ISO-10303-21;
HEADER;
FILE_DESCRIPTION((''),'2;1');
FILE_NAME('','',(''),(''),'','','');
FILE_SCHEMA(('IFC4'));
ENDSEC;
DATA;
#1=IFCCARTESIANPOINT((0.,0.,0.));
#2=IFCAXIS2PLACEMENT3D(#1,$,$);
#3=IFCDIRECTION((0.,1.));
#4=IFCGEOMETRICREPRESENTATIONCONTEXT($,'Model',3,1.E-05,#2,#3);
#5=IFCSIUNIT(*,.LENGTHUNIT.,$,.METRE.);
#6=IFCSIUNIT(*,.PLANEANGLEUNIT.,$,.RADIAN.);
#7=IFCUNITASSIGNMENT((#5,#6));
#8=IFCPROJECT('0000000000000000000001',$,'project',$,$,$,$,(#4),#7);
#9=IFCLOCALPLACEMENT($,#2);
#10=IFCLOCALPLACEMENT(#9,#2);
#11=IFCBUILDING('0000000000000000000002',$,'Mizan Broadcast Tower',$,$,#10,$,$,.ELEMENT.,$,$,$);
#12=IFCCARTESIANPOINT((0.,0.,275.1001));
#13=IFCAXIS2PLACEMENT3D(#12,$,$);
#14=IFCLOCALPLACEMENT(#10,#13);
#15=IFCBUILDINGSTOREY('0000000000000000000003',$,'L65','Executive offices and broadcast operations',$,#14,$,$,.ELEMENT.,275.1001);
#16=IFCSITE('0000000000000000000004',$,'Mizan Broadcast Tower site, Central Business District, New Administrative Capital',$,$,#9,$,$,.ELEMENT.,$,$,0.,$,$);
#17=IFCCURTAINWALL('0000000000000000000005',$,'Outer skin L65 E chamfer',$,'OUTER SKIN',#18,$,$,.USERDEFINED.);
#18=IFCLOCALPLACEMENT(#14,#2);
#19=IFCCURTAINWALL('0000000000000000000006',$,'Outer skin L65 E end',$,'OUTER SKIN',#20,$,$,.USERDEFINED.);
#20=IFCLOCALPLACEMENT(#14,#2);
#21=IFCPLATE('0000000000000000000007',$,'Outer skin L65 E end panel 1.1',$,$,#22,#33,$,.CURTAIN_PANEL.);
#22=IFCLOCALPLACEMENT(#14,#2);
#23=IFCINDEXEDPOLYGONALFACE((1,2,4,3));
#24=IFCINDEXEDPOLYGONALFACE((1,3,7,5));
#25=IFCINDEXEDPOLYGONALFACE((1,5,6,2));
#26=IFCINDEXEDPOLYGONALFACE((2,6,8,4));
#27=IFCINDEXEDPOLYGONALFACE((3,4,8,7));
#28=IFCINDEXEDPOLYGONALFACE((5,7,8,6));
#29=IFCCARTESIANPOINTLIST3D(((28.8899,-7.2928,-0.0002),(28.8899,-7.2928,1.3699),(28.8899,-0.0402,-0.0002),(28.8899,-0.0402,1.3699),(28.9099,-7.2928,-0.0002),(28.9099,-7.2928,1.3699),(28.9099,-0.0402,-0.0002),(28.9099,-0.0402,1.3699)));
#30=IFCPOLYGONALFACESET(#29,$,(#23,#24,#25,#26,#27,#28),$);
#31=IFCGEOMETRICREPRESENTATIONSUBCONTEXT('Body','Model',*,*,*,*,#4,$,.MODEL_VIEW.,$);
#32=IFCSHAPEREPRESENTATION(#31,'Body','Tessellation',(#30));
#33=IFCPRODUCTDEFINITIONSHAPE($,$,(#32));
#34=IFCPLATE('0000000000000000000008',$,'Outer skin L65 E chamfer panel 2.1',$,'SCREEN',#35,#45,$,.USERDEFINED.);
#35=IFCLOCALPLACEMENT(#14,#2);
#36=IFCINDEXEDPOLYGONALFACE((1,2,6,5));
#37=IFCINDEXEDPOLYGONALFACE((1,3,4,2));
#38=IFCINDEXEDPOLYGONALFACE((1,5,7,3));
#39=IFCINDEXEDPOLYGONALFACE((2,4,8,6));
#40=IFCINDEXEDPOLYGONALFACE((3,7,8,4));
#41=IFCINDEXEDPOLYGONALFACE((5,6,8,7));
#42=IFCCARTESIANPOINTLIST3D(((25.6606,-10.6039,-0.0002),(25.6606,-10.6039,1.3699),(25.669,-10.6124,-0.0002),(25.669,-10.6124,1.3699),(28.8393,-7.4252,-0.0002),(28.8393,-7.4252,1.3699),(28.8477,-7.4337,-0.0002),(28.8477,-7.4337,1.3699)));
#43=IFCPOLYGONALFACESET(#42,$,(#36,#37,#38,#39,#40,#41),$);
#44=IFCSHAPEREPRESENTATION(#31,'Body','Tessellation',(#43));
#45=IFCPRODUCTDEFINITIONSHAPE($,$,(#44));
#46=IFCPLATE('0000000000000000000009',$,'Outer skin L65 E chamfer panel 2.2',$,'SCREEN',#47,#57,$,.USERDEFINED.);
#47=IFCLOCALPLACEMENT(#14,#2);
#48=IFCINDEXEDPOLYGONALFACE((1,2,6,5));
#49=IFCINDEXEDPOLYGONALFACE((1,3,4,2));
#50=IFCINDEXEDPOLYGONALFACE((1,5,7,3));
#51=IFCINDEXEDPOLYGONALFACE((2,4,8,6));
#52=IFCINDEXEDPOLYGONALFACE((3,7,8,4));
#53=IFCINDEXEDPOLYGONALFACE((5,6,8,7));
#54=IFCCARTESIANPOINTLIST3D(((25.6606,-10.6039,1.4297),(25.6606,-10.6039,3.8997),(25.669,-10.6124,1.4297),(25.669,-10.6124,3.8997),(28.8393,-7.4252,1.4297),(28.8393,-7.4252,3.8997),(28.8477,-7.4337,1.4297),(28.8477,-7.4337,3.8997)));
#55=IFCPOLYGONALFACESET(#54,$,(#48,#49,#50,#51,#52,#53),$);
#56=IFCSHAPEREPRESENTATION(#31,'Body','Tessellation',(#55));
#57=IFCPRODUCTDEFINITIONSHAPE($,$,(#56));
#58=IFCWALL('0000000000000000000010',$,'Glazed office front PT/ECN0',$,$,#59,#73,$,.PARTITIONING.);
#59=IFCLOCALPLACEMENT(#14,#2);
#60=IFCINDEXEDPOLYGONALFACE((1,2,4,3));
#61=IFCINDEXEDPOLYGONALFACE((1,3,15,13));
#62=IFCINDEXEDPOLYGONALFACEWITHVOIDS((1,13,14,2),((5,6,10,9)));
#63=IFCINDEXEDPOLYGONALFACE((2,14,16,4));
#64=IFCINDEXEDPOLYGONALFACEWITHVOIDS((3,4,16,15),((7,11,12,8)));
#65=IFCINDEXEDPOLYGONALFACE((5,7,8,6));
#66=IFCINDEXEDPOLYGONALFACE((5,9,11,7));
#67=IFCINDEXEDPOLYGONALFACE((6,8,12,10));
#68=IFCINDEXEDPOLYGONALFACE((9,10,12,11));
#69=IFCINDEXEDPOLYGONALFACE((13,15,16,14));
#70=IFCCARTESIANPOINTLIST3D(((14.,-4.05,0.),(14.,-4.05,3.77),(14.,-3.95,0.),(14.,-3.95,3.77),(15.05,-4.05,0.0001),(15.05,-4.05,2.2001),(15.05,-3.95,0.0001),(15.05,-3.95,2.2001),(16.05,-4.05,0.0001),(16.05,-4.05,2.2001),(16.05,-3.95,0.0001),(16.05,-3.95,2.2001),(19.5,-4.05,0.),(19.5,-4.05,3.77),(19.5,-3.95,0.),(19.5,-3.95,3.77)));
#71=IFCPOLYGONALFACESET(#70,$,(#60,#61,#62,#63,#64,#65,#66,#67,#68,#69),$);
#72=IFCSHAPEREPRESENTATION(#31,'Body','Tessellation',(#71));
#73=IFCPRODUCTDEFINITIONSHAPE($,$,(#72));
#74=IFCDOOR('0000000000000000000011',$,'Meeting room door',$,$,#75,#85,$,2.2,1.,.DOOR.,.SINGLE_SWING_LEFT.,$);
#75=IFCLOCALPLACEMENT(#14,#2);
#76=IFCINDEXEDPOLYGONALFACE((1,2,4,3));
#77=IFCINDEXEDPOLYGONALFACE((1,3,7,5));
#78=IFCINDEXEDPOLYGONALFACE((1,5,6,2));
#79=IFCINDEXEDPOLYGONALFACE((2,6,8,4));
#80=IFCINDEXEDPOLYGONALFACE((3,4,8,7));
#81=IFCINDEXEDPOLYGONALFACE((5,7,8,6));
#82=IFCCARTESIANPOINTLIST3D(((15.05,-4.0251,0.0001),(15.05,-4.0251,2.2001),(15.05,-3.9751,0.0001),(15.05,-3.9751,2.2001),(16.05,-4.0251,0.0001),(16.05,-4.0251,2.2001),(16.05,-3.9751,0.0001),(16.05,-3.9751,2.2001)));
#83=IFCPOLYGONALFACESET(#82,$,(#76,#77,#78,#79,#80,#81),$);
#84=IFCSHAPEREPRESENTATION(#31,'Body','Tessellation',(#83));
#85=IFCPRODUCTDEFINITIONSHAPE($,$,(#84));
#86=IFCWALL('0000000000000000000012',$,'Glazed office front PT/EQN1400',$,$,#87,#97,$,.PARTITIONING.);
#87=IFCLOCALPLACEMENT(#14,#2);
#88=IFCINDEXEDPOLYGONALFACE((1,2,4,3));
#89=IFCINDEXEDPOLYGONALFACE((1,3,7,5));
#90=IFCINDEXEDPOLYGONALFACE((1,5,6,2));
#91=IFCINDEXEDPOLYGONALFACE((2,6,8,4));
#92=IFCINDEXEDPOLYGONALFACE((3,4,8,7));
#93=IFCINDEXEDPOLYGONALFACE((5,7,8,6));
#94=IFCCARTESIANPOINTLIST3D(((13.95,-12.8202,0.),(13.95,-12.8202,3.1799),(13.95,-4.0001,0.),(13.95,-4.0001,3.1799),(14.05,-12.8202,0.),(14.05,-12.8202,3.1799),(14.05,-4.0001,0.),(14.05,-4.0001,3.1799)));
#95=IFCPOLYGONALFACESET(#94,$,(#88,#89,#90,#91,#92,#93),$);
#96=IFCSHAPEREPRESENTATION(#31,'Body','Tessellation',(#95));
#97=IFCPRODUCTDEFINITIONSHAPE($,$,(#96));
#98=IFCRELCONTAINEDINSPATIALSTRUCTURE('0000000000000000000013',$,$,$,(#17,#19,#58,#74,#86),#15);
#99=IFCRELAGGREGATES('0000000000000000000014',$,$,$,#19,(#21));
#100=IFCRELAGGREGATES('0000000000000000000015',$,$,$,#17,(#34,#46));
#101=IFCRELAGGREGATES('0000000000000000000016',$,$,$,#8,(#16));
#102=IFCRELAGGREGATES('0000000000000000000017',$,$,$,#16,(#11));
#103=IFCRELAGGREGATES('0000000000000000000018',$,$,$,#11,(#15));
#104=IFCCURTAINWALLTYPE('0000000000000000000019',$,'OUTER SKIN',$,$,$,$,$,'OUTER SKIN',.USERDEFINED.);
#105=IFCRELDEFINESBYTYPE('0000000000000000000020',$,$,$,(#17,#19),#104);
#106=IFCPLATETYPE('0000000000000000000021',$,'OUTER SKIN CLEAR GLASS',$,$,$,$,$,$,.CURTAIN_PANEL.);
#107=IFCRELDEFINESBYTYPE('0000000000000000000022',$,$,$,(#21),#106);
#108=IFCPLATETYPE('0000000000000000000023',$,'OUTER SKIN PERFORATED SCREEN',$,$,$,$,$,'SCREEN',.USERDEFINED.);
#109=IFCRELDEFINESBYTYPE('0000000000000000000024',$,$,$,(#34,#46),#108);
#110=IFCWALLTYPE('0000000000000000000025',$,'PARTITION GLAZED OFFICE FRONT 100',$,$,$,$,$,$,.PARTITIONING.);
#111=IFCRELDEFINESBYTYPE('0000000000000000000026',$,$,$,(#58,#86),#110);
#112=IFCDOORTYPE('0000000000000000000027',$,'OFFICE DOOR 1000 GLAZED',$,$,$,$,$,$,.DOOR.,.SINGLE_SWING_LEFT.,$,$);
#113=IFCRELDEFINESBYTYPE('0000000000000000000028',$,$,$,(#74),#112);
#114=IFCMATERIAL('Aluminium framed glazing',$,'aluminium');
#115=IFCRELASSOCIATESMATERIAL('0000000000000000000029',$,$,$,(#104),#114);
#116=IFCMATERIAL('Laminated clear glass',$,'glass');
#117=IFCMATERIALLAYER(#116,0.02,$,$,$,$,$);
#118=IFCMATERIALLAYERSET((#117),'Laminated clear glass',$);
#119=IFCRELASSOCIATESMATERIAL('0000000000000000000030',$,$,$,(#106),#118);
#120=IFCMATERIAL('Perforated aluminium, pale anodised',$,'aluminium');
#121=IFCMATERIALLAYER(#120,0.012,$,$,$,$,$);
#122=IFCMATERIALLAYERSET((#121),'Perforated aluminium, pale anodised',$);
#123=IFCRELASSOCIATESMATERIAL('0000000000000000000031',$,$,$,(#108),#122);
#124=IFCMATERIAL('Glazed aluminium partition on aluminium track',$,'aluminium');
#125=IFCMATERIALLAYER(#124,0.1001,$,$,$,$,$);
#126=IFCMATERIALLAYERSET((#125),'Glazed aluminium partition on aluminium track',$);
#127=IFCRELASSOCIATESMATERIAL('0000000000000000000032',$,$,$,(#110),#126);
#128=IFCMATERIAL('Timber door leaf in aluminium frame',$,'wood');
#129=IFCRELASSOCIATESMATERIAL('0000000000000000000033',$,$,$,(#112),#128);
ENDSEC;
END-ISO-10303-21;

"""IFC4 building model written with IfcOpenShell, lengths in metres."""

from ifc_helpers import new_model, si_unit, direction, frame, frame_2d, origin, origin_2d, place, context, subcontext, project, spatial, rectangle, extrude, material, layer, layer_set, type_object, element, fill, aggregate, save


model = new_model("IFC4")

# Units and contexts
model_context = context("Model", 3, precision=1e-05, world=origin(), true_north=direction((0.0, 1.0)))
body_context = subcontext(model_context, "Body", "Model", "MODEL_VIEW")
ifc_project = project(units=[si_unit("LENGTHUNIT", "METRE"), si_unit("PLANEANGLEUNIT", "RADIAN")], contexts=[model_context])

# Site, building, storey
site_placement = place(None, origin())
site = spatial("IfcSite", under=ifc_project, at=site_placement, Name="Mizan Broadcast Tower site, Central Business District, New Administrative Capital", CompositionType="ELEMENT", RefElevation=0.0)
building_placement = place(site_placement, origin())
building = spatial("IfcBuilding", under=site, at=building_placement, Name="Mizan Broadcast Tower", CompositionType="ELEMENT")
storey_placement = place(building_placement, frame((0.0, 0.0, 275.1001)))
storey = spatial("IfcBuildingStorey", under=building, at=storey_placement, Name="L65", Description="Executive offices and broadcast operations", CompositionType="ELEMENT", Elevation=275.1001)

# Curtain wall
ifc_material_1 = material(Name="Aluminium framed glazing", Category="aluminium")
curtain_wall_type_1 = type_object("IfcCurtainWallType", Name="OUTER SKIN", ElementType="OUTER SKIN", PredefinedType="USERDEFINED", material=ifc_material_1)
curtain_wall_1_placement = place(storey_placement, origin())
curtain_wall_1 = element("IfcCurtainWall", 1, at=curtain_wall_1_placement, inside=storey, type_object=curtain_wall_type_1, Name="Outer skin L65 E chamfer", ObjectType="OUTER SKIN", PredefinedType="USERDEFINED")

# Curtain wall
curtain_wall_2_placement = place(storey_placement, origin())
curtain_wall_2 = element("IfcCurtainWall", 2, at=curtain_wall_2_placement, inside=storey, type_object=curtain_wall_type_1, Name="Outer skin L65 E end", ObjectType="OUTER SKIN", PredefinedType="USERDEFINED")

# Plates
ifc_material_2 = material(Name="Laminated clear glass", Category="glass")
ifc_layer_1 = layer(ifc_material_2, 0.02)
ifc_layer_set_1 = layer_set([ifc_layer_1], Name="Laminated clear glass")
plate_type_1 = type_object("IfcPlateType", Name="OUTER SKIN CLEAR GLASS", PredefinedType="CURTAIN_PANEL", material=ifc_layer_set_1)
plate_1_placement = place(storey_placement, frame((28.8999, -3.6665, -0.0002), z_axis=(0.0, 0.0, 1.0), x_axis=(0.0, 1.0, 0.0)))
plate_1 = element("IfcPlate", 3, at=plate_1_placement, type_object=plate_type_1, Name="Outer skin L65 E end panel 1.1", PredefinedType="CURTAIN_PANEL", context=body_context, shape_type="SweptSolid", body=[
    extrude(rectangle(XDim=7.2527, YDim=0.02, at=origin_2d()), origin(), (0.0, 0.0, 1.0), 1.3701),
])
aggregate(curtain_wall_2, [plate_1])
ifc_material_3 = material(Name="Perforated aluminium, pale anodised", Category="aluminium")
ifc_layer_2 = layer(ifc_material_3, 0.012)
ifc_layer_set_2 = layer_set([ifc_layer_2], Name="Perforated aluminium, pale anodised")
plate_type_2 = type_object("IfcPlateType", Name="OUTER SKIN PERFORATED SCREEN", ElementType="SCREEN", PredefinedType="USERDEFINED", material=ifc_layer_set_2)
plate_2_placement = place(storey_placement, frame((27.2542, -9.0188, -0.0002), z_axis=(0.0, 0.0, 1.0), x_axis=(0.707107, 0.707107, 0.0)))
plate_2 = element("IfcPlate", 4, at=plate_2_placement, type_object=plate_type_2, Name="Outer skin L65 E chamfer panel 2.1", ObjectType="SCREEN", PredefinedType="USERDEFINED", context=body_context, shape_type="SweptSolid", body=[
    extrude(rectangle(XDim=4.4954, YDim=0.012, at=origin_2d()), origin(), (0.0, 0.0, 1.0), 1.3701),
])
plate_3_placement = place(storey_placement, frame((27.2542, -9.0188, 1.4297), z_axis=(0.0, 0.0, 1.0), x_axis=(0.707107, 0.707107, 0.0)))
plate_3 = element("IfcPlate", 5, at=plate_3_placement, type_object=plate_type_2, Name="Outer skin L65 E chamfer panel 2.2", ObjectType="SCREEN", PredefinedType="USERDEFINED", context=body_context, shape_type="SweptSolid", body=[
    extrude(rectangle(XDim=4.4954, YDim=0.012, at=origin_2d()), origin(), (0.0, 0.0, 1.0), 2.47),
])
aggregate(curtain_wall_1, [plate_2, plate_3])

# Wall, opening, door
ifc_material_4 = material(Name="Glazed aluminium partition on aluminium track", Category="aluminium")
ifc_layer_3 = layer(ifc_material_4, 0.1001)
ifc_layer_set_3 = layer_set([ifc_layer_3], Name="Glazed aluminium partition on aluminium track")
wall_type = type_object("IfcWallType", Name="PARTITION GLAZED OFFICE FRONT 100", PredefinedType="PARTITIONING", material=ifc_layer_set_3)
wall_1_placement = place(storey_placement, frame((14.0, -4.0, 0.0), z_axis=(0.0, 0.0, 1.0), x_axis=(1.0, 0.0, 0.0)))
wall_1 = element("IfcWall", 6, at=wall_1_placement, inside=storey, type_object=wall_type, Name="Glazed office front PT/ECN0", PredefinedType="PARTITIONING", context=body_context, shape_type="SweptSolid", body=[
    extrude(rectangle(XDim=5.5, YDim=0.1001, at=frame_2d((2.75, 0.0))), origin(), (0.0, 0.0, 1.0), 3.77),
])
opening_placement = place(wall_1_placement, frame((1.05, 0.0, 0.0)))
opening = element("IfcOpeningElement", 7, at=opening_placement, cuts=wall_1, PredefinedType="OPENING", context=body_context, shape_type="SweptSolid", body=[
    extrude(rectangle(XDim=1.0, YDim=2.2, at=frame_2d((0.5, 1.1001))), frame((0.0, 0.0601, 0.0), z_axis=(0.0, -1.0, 0.0), x_axis=(1.0, 0.0, 0.0)), (0.0, 0.0, 1.0), 0.1201),
])
ifc_material_5 = material(Name="Timber door leaf in aluminium frame", Category="wood")
door_type = type_object("IfcDoorType", Name="OFFICE DOOR 1000 GLAZED", OperationType="SINGLE_SWING_LEFT", PredefinedType="DOOR", material=ifc_material_5)
door_placement = place(opening_placement, origin())
door = element("IfcDoor", 8, at=door_placement, inside=storey, type_object=door_type, Name="Meeting room door", OperationType="SINGLE_SWING_LEFT", OverallHeight=2.2, OverallWidth=1.0, PredefinedType="DOOR", context=body_context, shape_type="SweptSolid", body=[
    extrude(rectangle(XDim=1.0, YDim=2.2, at=frame_2d((0.5, 1.1001))), frame((0.0, 0.0249, 0.0), z_axis=(0.0, -1.0, 0.0), x_axis=(1.0, 0.0, 0.0)), (0.0, 0.0, 1.0), 0.05),
])
fill(opening, door)

# Wall
wall_2_placement = place(storey_placement, frame((14.0, -4.0, 0.0), z_axis=(0.0, 0.0, 1.0), x_axis=(0.0, -1.0, 0.0)))
element("IfcWall", 9, at=wall_2_placement, inside=storey, type_object=wall_type, Name="Glazed office front PT/EQN1400", PredefinedType="PARTITIONING", context=body_context, shape_type="SweptSolid", body=[
    extrude(rectangle(XDim=8.8201, YDim=0.1001, at=frame_2d((4.4102, 0.0))), origin(), (0.0, 0.0, 1.0), 3.1799),
])

save(model, "model.ifc")
